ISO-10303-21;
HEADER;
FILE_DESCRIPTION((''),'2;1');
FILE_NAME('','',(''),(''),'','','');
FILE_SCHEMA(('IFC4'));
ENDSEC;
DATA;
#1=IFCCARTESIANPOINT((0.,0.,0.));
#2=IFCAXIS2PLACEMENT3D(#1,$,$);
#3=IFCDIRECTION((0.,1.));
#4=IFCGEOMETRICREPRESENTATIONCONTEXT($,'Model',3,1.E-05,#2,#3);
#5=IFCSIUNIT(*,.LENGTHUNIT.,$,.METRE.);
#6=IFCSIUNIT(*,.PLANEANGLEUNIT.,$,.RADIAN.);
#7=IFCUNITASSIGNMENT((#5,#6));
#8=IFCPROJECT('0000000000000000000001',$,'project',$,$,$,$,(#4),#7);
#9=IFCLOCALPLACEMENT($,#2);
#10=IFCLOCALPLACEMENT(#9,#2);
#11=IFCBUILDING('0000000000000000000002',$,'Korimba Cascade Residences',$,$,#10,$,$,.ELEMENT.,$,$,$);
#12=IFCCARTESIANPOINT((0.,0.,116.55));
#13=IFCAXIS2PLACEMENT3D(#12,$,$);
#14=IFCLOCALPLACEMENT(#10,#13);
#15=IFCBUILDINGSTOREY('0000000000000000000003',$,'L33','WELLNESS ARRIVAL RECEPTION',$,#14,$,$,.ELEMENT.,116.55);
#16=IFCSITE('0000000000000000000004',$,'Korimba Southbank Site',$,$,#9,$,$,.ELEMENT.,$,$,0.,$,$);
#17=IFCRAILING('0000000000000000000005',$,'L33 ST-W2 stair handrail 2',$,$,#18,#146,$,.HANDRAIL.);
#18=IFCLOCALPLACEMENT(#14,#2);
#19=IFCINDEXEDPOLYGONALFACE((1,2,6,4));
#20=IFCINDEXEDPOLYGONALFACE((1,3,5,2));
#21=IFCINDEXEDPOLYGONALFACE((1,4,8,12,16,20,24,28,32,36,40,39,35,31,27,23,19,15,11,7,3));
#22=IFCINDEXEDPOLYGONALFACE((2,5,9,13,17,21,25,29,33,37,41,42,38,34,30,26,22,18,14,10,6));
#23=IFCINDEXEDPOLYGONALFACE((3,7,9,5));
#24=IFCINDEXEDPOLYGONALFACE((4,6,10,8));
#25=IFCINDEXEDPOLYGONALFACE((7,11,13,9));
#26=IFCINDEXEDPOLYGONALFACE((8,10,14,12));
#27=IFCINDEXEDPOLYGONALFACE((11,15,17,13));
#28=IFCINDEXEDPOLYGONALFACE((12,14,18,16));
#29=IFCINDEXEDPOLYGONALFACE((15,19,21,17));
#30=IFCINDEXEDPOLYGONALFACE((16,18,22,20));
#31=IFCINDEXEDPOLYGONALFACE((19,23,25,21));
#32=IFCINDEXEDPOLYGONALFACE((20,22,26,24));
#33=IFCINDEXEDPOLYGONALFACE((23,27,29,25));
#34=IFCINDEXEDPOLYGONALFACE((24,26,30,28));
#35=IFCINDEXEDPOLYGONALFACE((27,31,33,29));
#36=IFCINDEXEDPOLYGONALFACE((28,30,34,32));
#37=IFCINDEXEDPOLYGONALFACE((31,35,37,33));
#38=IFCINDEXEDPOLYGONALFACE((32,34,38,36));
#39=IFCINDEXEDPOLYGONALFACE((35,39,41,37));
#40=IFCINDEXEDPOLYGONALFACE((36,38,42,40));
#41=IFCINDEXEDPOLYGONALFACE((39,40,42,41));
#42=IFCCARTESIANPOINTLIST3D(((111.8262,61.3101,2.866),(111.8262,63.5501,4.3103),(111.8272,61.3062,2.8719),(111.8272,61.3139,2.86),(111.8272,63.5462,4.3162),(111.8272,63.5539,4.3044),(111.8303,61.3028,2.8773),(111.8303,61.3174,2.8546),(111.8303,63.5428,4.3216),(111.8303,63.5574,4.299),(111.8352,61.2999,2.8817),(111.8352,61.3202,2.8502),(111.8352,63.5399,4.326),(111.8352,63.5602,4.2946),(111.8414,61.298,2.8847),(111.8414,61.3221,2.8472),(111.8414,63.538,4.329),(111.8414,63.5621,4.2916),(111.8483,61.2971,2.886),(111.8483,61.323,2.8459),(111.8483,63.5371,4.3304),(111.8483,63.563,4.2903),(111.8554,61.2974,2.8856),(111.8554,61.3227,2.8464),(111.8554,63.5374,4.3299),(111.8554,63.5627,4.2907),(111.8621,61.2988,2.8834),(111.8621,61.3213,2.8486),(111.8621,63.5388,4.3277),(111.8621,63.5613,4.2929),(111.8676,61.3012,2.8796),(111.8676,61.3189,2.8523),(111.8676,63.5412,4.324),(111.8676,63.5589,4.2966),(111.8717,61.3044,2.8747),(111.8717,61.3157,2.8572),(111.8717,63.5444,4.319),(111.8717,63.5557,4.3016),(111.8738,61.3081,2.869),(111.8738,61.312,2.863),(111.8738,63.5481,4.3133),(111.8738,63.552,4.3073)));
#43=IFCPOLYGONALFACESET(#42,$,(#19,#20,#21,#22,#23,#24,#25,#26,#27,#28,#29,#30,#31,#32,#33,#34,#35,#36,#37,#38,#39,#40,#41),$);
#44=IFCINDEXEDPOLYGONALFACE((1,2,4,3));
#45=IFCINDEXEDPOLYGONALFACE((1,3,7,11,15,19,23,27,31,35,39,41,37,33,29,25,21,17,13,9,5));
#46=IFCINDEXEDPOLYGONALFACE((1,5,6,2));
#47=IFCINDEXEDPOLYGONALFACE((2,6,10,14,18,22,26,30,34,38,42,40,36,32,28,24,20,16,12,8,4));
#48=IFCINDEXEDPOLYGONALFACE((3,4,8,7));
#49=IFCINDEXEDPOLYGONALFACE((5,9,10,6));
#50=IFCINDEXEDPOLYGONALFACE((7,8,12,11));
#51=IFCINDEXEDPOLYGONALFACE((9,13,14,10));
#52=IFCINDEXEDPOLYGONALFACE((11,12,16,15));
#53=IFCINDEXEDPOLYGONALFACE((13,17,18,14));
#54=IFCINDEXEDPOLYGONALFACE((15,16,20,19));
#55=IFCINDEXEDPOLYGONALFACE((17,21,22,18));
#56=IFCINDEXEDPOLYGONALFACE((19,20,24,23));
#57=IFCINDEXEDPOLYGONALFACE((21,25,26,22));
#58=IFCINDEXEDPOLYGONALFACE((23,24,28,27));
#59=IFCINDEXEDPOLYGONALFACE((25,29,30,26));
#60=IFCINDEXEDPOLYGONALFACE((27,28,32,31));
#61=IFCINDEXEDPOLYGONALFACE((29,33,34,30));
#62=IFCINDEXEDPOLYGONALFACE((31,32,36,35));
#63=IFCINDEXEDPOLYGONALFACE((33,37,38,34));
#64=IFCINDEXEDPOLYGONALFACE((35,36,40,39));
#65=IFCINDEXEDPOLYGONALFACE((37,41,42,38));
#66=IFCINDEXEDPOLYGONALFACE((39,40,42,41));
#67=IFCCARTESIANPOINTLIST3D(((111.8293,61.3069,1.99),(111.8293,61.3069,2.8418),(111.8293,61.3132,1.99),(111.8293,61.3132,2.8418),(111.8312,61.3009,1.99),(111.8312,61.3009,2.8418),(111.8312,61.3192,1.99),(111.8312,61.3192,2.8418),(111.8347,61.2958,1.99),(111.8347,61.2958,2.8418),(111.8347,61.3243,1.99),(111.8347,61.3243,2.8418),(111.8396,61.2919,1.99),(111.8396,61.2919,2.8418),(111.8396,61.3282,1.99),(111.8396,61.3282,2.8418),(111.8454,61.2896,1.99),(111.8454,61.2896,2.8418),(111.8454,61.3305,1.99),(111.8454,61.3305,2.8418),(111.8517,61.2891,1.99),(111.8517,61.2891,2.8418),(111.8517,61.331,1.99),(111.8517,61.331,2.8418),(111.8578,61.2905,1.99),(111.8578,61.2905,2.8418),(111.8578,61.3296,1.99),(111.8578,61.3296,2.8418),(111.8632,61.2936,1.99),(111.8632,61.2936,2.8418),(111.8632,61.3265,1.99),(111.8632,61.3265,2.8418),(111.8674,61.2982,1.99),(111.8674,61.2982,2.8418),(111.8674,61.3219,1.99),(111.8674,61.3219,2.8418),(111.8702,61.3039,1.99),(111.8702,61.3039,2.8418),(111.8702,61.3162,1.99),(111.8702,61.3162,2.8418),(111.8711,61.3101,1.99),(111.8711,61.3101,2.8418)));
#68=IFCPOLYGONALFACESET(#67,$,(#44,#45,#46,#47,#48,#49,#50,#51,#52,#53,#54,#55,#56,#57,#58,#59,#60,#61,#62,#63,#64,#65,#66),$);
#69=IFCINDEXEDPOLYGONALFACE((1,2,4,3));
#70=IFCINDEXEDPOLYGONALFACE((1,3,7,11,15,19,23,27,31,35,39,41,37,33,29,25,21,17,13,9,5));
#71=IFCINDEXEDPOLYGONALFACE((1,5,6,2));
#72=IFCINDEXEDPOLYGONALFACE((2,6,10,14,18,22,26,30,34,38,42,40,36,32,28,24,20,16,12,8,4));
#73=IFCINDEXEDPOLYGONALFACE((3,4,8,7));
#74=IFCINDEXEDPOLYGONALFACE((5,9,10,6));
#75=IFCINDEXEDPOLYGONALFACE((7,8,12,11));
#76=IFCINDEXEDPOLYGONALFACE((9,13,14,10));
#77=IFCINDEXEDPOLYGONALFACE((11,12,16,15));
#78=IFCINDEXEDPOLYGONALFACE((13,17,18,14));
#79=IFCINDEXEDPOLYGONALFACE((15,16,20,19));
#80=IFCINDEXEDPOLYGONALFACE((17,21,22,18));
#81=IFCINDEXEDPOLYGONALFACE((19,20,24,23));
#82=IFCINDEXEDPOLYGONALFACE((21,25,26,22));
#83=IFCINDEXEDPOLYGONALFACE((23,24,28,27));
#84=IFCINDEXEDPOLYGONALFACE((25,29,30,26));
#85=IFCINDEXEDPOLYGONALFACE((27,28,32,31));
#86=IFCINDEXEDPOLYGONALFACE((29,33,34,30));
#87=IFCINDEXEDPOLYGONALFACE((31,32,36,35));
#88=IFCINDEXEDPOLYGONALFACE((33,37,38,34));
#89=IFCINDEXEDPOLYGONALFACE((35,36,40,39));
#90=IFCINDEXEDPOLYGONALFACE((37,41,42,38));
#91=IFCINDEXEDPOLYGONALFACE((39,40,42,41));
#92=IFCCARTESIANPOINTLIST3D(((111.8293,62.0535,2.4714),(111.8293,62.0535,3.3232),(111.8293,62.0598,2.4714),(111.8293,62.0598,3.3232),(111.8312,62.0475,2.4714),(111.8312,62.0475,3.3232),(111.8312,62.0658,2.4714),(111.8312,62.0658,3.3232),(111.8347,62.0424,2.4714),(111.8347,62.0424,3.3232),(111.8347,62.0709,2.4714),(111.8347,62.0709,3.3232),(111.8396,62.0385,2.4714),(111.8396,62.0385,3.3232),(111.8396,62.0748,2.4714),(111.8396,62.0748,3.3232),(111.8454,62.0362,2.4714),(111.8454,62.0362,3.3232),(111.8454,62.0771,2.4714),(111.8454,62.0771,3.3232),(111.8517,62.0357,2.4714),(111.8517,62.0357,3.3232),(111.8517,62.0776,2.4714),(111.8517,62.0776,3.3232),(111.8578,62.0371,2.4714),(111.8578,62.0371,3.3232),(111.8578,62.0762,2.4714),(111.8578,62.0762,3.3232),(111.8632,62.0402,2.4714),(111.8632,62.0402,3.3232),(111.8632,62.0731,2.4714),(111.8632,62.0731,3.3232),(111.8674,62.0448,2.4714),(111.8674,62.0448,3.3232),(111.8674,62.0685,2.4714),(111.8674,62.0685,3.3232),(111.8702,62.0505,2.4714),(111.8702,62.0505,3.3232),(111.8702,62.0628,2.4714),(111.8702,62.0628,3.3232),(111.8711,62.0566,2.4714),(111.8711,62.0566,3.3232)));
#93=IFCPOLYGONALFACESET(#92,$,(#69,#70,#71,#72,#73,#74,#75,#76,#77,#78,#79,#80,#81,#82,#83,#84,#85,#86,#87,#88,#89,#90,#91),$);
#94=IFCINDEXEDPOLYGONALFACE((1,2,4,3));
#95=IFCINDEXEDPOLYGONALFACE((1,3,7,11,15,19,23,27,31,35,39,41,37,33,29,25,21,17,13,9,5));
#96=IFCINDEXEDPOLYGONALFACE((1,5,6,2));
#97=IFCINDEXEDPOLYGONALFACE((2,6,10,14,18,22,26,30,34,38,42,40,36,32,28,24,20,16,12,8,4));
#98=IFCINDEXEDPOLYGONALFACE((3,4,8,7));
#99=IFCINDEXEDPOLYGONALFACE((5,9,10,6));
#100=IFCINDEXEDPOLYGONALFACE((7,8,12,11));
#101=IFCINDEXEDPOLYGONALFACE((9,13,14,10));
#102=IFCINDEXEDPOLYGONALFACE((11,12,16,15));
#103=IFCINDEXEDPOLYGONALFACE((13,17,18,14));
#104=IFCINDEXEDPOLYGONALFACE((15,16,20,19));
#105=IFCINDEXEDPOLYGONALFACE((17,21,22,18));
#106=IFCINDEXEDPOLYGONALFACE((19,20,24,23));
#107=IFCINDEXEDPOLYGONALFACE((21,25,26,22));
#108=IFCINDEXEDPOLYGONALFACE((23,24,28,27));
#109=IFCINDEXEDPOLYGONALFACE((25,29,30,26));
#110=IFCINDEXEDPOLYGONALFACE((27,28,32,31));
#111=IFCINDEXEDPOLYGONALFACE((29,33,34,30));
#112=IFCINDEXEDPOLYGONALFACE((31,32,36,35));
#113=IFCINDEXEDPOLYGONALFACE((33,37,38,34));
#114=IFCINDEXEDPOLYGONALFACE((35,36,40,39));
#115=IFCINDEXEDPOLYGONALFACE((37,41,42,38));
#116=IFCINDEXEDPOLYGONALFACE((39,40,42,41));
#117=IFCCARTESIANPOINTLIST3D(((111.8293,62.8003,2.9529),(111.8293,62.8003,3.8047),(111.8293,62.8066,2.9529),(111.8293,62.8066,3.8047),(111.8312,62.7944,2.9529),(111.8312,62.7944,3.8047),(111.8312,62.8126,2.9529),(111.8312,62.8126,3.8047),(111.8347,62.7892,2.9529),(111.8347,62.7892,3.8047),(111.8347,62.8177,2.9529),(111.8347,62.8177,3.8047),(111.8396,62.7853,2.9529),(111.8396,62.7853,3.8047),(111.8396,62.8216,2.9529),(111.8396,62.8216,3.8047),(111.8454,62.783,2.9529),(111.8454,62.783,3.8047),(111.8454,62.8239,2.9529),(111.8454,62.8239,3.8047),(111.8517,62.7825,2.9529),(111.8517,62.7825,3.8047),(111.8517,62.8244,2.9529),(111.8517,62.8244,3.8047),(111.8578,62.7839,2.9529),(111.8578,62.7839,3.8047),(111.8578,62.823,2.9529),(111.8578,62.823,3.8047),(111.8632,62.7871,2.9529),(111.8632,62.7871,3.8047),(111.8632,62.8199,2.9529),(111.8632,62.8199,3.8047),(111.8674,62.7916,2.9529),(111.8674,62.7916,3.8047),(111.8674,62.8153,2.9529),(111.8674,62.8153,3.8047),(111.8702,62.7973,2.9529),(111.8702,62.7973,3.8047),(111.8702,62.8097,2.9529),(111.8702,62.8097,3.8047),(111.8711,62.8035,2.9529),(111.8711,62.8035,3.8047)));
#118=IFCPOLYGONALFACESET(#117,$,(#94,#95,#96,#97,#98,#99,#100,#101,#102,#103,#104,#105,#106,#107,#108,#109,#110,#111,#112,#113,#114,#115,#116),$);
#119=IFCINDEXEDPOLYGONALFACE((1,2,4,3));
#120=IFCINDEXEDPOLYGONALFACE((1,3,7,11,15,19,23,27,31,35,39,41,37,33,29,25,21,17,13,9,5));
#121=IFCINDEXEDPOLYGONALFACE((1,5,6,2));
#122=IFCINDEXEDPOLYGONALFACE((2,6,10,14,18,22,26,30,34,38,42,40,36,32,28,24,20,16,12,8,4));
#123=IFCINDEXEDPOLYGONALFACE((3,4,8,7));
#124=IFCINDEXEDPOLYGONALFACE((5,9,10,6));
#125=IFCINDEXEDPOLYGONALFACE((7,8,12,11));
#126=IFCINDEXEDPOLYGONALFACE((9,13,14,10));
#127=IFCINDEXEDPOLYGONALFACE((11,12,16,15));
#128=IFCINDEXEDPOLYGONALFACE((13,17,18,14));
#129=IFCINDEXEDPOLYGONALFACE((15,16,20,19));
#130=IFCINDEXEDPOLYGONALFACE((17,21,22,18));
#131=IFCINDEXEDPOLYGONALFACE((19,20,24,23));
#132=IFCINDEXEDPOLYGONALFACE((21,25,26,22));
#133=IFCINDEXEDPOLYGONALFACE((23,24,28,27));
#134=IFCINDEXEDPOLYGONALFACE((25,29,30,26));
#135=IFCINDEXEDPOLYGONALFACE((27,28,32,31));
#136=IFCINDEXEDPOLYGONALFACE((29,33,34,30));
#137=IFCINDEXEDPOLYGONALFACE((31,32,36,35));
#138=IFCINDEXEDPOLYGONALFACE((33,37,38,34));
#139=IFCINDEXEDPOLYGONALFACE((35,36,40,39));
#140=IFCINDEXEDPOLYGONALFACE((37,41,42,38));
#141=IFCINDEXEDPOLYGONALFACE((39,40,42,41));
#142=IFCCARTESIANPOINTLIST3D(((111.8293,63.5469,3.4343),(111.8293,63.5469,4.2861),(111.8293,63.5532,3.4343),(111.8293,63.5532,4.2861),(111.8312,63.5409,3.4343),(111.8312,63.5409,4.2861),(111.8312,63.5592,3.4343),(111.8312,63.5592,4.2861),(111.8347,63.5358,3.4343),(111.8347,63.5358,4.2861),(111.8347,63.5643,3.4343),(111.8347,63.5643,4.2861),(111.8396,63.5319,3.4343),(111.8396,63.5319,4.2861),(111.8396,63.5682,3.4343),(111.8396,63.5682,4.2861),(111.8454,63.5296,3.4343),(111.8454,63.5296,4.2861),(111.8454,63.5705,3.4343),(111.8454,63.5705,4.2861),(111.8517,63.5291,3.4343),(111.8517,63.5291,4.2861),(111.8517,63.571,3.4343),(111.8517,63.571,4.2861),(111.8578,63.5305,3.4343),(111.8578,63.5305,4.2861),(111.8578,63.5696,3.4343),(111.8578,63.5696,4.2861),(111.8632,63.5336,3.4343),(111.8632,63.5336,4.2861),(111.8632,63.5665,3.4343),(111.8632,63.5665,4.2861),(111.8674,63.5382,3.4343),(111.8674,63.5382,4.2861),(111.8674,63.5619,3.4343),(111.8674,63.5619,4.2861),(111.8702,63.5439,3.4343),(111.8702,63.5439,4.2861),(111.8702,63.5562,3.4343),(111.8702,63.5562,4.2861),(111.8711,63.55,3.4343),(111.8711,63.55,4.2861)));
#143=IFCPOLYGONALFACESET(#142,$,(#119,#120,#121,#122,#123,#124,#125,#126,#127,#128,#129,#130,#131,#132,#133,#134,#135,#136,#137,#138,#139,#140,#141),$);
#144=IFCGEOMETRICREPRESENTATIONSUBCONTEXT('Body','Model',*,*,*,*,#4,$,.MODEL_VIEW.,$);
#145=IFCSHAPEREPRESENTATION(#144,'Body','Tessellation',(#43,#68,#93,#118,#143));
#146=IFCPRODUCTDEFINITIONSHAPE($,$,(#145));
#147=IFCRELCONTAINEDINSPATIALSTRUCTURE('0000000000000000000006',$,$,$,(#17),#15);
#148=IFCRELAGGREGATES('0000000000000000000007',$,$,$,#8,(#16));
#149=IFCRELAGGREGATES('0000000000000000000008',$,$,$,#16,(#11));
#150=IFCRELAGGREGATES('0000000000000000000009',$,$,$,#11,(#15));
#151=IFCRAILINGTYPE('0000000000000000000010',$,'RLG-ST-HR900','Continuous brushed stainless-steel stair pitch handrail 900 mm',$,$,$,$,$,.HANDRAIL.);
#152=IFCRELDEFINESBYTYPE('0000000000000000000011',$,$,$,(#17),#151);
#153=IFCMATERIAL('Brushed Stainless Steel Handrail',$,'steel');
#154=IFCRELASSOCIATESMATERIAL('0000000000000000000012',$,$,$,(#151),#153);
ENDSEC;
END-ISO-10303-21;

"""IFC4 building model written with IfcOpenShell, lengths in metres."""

from ifc_helpers import new_model, si_unit, direction, frame, origin, origin_2d, place, context, subcontext, project, spatial, circle, extrude, material, type_object, element, save


model = new_model("IFC4")

# Units and contexts
model_context = context("Model", 3, precision=1e-05, world=origin(), true_north=direction((0.0, 1.0)))
body_context = subcontext(model_context, "Body", "Model", "MODEL_VIEW")
ifc_project = project(units=[si_unit("LENGTHUNIT", "METRE"), si_unit("PLANEANGLEUNIT", "RADIAN")], contexts=[model_context])

# Site, building, storey
site_placement = place(None, origin())
site = spatial("IfcSite", under=ifc_project, at=site_placement, Name="Korimba Southbank Site", CompositionType="ELEMENT", RefElevation=0.0)
building_placement = place(site_placement, origin())
building = spatial("IfcBuilding", under=site, at=building_placement, Name="Korimba Cascade Residences", CompositionType="ELEMENT")
storey_placement = place(building_placement, frame((0.0, 0.0, 116.55)))
storey = spatial("IfcBuildingStorey", under=building, at=storey_placement, Name="L33", Description="WELLNESS ARRIVAL RECEPTION", CompositionType="ELEMENT", Elevation=116.55)

# Railing
ifc_material_1 = material(Name="Brushed Stainless Steel Handrail", Category="steel")
railing_type_1 = type_object("IfcRailingType", Name="RLG-ST-HR900", Description="Continuous brushed stainless-steel stair pitch handrail 900 mm", PredefinedType="HANDRAIL", material=ifc_material_1)
railing_1_placement = place(storey_placement, frame((111.8501, 61.3101, 1.99)))
element("IfcRailing", 1, at=railing_1_placement, inside=storey, type_object=railing_type_1, Name="L33 ST-W2 stair handrail 2", PredefinedType="HANDRAIL", context=body_context, shape_type="SweptSolid", body=[
    extrude(circle(Radius=0.0239, at=origin_2d()), frame((0.0, 0.0, 0.876), z_axis=(0.0, 0.840437, 0.54191), x_axis=(-1.0, 0.0, 0.0)), (0.0, 0.0, 1.0), 2.6653),
    extrude(circle(Radius=0.021, at=origin_2d()), origin(), (0.0, 0.0, 1.0), 0.8518),
    extrude(circle(Radius=0.021, at=origin_2d()), frame((0.0, 0.7466, 0.4814)), (0.0, 0.0, 1.0), 0.8518),
    extrude(circle(Radius=0.021, at=origin_2d()), frame((0.0, 1.4934, 0.9629)), (0.0, 0.0, 1.0), 0.8518),
    extrude(circle(Radius=0.021, at=origin_2d()), frame((0.0, 2.24, 1.4443)), (0.0, 0.0, 1.0), 0.8518),
])

save(model, "model.ifc")
